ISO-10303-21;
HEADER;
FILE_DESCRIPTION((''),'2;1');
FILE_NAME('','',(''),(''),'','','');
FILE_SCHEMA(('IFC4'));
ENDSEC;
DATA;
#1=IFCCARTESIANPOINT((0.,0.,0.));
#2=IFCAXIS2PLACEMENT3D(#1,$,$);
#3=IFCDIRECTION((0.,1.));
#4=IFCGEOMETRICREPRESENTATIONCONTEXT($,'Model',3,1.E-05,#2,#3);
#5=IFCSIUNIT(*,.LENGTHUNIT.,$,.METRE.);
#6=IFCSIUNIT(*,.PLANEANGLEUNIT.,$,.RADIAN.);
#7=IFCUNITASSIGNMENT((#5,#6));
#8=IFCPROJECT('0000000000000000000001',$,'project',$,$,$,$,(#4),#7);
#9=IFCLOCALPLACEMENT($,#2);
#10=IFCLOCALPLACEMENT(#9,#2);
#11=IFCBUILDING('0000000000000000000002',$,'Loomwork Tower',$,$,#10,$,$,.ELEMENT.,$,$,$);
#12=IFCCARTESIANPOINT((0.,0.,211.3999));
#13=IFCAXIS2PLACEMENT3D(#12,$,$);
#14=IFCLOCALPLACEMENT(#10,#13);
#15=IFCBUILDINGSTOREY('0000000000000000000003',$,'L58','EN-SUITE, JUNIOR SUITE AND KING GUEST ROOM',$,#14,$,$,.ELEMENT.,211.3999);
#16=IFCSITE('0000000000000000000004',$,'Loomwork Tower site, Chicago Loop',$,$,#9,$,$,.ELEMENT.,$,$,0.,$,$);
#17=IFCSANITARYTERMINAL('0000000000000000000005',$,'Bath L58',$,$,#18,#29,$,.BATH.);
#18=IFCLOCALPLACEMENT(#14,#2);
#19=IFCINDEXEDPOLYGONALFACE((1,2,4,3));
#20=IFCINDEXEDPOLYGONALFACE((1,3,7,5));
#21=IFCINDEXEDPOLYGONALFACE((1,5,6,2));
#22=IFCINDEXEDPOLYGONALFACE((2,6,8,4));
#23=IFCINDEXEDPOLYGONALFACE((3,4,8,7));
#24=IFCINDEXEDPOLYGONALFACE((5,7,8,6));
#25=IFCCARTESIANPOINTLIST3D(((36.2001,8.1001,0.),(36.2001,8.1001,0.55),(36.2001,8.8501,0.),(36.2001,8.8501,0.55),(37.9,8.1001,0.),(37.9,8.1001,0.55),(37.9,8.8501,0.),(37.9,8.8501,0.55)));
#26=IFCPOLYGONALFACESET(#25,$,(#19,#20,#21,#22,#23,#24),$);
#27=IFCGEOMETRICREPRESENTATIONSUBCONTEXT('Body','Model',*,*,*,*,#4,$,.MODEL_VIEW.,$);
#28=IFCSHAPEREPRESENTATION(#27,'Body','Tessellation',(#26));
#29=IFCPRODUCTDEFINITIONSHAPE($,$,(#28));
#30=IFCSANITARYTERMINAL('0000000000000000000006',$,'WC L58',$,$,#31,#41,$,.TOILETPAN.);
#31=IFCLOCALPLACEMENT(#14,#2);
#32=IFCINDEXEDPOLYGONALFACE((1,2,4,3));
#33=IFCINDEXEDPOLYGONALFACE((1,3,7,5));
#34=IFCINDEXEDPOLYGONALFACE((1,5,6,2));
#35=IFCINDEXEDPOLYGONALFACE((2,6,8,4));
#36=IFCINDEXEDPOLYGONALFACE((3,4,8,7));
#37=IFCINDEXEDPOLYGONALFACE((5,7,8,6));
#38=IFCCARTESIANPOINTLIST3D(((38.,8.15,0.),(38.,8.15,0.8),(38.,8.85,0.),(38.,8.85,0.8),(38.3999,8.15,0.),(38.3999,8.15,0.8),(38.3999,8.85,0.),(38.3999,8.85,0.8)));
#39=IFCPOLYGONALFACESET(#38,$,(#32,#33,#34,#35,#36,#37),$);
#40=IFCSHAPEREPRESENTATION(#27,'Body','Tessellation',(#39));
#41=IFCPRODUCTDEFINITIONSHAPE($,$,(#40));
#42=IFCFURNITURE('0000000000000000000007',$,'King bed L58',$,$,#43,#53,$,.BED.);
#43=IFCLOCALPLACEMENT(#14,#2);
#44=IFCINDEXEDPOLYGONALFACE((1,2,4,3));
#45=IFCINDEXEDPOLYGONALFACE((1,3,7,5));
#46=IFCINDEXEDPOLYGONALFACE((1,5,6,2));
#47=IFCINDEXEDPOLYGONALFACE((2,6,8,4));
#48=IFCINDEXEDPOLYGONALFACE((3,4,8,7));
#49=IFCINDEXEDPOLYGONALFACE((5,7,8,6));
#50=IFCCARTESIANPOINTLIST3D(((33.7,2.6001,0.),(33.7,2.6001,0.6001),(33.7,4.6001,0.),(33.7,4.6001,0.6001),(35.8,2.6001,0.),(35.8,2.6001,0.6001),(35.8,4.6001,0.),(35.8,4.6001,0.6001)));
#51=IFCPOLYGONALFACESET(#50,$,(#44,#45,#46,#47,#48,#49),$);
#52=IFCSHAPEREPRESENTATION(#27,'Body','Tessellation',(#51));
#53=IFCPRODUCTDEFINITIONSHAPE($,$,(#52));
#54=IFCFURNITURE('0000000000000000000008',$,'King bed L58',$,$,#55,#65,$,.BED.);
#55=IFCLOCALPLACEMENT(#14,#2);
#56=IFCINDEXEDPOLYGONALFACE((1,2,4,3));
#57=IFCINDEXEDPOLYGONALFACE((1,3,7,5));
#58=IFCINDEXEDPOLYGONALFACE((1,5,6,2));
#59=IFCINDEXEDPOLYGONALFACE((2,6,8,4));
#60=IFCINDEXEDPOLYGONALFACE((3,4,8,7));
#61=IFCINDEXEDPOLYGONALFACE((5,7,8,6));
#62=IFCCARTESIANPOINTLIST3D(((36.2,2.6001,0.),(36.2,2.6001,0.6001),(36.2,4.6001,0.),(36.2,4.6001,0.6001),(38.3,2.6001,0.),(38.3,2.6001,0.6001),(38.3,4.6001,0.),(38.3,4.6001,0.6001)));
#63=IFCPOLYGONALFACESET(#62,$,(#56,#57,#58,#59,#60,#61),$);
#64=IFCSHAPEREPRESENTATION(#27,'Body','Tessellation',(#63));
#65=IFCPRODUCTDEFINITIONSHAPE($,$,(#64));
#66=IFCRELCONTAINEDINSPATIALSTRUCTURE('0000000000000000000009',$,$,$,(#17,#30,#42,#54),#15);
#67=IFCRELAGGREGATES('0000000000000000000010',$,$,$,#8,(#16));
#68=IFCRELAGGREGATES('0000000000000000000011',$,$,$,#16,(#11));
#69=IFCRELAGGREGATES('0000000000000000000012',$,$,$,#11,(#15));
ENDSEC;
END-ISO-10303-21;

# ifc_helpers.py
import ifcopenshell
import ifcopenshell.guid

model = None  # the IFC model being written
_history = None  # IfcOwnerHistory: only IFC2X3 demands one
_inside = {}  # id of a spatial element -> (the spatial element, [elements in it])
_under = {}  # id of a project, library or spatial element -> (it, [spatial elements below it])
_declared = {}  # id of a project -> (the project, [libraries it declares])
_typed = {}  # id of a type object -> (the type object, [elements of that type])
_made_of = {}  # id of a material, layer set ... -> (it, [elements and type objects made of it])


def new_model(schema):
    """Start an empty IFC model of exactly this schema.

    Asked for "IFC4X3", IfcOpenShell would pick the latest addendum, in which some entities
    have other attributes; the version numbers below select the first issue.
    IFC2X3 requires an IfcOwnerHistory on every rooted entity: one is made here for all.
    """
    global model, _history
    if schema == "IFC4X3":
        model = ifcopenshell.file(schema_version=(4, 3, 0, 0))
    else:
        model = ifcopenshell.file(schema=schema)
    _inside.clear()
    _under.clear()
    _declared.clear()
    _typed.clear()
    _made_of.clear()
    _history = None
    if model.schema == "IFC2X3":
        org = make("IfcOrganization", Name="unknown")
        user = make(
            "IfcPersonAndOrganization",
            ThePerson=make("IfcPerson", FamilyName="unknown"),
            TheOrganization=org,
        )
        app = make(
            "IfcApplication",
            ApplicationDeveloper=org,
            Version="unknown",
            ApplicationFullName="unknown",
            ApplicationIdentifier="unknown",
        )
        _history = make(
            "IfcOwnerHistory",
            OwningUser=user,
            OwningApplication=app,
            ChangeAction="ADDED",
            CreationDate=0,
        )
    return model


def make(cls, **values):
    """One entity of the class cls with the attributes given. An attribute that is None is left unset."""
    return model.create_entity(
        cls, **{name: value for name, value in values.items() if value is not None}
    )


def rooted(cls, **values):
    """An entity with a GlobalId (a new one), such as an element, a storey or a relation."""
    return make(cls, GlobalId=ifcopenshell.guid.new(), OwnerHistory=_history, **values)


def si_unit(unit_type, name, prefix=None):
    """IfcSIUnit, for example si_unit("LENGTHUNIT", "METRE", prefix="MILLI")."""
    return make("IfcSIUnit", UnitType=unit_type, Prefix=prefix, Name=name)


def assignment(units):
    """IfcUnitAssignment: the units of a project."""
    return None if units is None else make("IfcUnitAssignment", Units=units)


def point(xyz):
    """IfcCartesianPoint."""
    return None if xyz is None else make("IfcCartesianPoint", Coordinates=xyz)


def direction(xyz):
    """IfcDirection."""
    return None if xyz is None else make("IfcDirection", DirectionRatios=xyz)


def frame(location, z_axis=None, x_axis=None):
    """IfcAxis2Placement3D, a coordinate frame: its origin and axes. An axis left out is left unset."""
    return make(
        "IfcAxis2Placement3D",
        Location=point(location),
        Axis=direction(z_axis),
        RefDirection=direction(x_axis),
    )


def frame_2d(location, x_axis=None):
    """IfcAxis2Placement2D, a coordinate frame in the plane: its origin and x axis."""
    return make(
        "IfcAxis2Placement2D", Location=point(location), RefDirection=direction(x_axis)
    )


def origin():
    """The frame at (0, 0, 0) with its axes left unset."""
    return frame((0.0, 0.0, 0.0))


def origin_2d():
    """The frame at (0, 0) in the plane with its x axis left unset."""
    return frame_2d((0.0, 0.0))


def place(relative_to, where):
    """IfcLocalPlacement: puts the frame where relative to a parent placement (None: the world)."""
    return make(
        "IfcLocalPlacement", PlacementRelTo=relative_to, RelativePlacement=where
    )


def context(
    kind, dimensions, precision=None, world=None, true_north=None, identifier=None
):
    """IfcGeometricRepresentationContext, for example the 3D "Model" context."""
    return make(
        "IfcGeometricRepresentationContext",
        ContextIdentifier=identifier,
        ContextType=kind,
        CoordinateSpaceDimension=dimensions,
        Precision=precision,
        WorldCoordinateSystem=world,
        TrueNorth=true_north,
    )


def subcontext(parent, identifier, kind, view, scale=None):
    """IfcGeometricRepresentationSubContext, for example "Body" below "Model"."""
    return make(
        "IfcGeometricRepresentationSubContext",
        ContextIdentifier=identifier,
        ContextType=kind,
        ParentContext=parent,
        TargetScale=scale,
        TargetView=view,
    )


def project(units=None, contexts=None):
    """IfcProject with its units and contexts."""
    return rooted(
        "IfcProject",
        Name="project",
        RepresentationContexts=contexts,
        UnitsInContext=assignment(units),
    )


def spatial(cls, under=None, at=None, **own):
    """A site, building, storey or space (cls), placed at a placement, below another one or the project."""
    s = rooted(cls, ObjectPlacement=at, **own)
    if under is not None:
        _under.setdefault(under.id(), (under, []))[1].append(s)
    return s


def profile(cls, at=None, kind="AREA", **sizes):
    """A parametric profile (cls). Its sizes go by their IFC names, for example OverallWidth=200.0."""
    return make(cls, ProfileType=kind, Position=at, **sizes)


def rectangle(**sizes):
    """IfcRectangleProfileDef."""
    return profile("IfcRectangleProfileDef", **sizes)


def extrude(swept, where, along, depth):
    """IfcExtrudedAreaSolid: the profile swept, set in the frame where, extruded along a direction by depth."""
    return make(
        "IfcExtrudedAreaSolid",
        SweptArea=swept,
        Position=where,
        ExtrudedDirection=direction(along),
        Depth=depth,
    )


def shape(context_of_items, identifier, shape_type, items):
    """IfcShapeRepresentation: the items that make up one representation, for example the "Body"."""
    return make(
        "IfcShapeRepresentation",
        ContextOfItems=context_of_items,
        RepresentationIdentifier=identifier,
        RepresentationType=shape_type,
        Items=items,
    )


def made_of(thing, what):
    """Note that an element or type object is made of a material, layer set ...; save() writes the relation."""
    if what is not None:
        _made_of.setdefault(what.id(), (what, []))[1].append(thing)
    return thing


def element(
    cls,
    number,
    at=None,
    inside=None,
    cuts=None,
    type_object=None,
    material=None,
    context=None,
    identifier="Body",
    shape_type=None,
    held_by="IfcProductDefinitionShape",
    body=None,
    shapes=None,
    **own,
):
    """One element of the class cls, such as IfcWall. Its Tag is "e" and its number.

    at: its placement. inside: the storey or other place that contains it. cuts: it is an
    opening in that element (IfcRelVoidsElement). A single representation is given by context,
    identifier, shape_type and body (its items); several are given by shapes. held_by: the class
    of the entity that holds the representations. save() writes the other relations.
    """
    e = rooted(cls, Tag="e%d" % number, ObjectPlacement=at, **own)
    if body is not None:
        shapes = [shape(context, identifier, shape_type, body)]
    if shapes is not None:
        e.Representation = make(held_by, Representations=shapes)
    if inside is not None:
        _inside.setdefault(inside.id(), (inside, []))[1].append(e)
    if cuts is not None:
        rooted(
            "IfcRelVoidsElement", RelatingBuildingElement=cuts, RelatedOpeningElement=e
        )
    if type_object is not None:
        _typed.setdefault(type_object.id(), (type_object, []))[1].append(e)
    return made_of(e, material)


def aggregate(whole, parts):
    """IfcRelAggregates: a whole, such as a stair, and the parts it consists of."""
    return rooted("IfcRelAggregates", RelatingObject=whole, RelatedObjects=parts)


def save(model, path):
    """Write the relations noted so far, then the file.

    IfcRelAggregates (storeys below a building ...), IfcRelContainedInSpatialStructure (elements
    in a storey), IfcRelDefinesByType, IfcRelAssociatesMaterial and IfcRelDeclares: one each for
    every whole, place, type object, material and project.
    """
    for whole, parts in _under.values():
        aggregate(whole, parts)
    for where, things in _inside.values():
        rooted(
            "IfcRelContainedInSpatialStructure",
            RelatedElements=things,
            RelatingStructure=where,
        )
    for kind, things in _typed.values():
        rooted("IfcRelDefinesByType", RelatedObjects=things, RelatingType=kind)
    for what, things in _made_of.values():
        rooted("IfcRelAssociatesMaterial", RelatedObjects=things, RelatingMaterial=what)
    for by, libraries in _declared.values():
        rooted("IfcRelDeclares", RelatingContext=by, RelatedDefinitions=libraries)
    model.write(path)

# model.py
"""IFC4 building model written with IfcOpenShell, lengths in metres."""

from ifc_helpers import new_model, si_unit, direction, frame, origin, origin_2d, place, context, subcontext, project, spatial, rectangle, extrude, element, save


model = new_model("IFC4")

# Units and contexts
model_context = context("Model", 3, precision=1e-05, world=origin(), true_north=direction((0.0, 1.0)))
body_context = subcontext(model_context, "Body", "Model", "MODEL_VIEW")
ifc_project = project(units=[si_unit("LENGTHUNIT", "METRE"), si_unit("PLANEANGLEUNIT", "RADIAN")], contexts=[model_context])

# Site, building, storey
site_placement = place(None, origin())
site = spatial("IfcSite", under=ifc_project, at=site_placement, Name="Loomwork Tower site, Chicago Loop", CompositionType="ELEMENT", RefElevation=0.0)
building_placement = place(site_placement, origin())
building = spatial("IfcBuilding", under=site, at=building_placement, Name="Loomwork Tower", CompositionType="ELEMENT")
storey_placement = place(building_placement, frame((0.0, 0.0, 211.3999)))
storey = spatial("IfcBuildingStorey", under=building, at=storey_placement, Name="L58", Description="EN-SUITE, JUNIOR SUITE AND KING GUEST ROOM", CompositionType="ELEMENT", Elevation=211.3999)

# Sanitary terminals
sanitary_terminal_1_placement = place(storey_placement, frame((37.05, 8.4751, 0.0), z_axis=(0.0, 0.0, 1.0), x_axis=(1.0, 0.0, 0.0)))
element("IfcSanitaryTerminal", 1, at=sanitary_terminal_1_placement, inside=storey, Name="Bath L58", PredefinedType="BATH", context=body_context, shape_type="SweptSolid", body=[
    extrude(rectangle(XDim=1.7, YDim=0.75, at=origin_2d()), origin(), (0.0, 0.0, 1.0), 0.55),
])
sanitary_terminal_2_placement = place(storey_placement, frame((38.2, 8.5, 0.0), z_axis=(0.0, 0.0, 1.0), x_axis=(1.0, 0.0, 0.0)))
element("IfcSanitaryTerminal", 2, at=sanitary_terminal_2_placement, inside=storey, Name="WC L58", PredefinedType="TOILETPAN", context=body_context, shape_type="SweptSolid", body=[
    extrude(rectangle(XDim=0.3999, YDim=0.7, at=origin_2d()), origin(), (0.0, 0.0, 1.0), 0.8),
])

# Furniture
for number, where, z_axis, x_axis, name in (
    (3, (34.75, 3.6001, 0.0), (0.0, 0.0, 1.0), (1.0, 0.0, 0.0), "King bed L58"),
    (4, (37.25, 3.6001, 0.0), (0.0, 0.0, 1.0), (1.0, 0.0, 0.0), "King bed L58"),
):
    element("IfcFurniture", number, at=place(storey_placement, frame(where, z_axis=z_axis, x_axis=x_axis)), inside=storey, Name=name, PredefinedType="BED", context=body_context, shape_type="SweptSolid", body=[
        extrude(rectangle(XDim=2.1001, YDim=2.0, at=origin_2d()), origin(), (0.0, 0.0, 1.0), 0.6001),
    ])

save(model, "model.ifc")
